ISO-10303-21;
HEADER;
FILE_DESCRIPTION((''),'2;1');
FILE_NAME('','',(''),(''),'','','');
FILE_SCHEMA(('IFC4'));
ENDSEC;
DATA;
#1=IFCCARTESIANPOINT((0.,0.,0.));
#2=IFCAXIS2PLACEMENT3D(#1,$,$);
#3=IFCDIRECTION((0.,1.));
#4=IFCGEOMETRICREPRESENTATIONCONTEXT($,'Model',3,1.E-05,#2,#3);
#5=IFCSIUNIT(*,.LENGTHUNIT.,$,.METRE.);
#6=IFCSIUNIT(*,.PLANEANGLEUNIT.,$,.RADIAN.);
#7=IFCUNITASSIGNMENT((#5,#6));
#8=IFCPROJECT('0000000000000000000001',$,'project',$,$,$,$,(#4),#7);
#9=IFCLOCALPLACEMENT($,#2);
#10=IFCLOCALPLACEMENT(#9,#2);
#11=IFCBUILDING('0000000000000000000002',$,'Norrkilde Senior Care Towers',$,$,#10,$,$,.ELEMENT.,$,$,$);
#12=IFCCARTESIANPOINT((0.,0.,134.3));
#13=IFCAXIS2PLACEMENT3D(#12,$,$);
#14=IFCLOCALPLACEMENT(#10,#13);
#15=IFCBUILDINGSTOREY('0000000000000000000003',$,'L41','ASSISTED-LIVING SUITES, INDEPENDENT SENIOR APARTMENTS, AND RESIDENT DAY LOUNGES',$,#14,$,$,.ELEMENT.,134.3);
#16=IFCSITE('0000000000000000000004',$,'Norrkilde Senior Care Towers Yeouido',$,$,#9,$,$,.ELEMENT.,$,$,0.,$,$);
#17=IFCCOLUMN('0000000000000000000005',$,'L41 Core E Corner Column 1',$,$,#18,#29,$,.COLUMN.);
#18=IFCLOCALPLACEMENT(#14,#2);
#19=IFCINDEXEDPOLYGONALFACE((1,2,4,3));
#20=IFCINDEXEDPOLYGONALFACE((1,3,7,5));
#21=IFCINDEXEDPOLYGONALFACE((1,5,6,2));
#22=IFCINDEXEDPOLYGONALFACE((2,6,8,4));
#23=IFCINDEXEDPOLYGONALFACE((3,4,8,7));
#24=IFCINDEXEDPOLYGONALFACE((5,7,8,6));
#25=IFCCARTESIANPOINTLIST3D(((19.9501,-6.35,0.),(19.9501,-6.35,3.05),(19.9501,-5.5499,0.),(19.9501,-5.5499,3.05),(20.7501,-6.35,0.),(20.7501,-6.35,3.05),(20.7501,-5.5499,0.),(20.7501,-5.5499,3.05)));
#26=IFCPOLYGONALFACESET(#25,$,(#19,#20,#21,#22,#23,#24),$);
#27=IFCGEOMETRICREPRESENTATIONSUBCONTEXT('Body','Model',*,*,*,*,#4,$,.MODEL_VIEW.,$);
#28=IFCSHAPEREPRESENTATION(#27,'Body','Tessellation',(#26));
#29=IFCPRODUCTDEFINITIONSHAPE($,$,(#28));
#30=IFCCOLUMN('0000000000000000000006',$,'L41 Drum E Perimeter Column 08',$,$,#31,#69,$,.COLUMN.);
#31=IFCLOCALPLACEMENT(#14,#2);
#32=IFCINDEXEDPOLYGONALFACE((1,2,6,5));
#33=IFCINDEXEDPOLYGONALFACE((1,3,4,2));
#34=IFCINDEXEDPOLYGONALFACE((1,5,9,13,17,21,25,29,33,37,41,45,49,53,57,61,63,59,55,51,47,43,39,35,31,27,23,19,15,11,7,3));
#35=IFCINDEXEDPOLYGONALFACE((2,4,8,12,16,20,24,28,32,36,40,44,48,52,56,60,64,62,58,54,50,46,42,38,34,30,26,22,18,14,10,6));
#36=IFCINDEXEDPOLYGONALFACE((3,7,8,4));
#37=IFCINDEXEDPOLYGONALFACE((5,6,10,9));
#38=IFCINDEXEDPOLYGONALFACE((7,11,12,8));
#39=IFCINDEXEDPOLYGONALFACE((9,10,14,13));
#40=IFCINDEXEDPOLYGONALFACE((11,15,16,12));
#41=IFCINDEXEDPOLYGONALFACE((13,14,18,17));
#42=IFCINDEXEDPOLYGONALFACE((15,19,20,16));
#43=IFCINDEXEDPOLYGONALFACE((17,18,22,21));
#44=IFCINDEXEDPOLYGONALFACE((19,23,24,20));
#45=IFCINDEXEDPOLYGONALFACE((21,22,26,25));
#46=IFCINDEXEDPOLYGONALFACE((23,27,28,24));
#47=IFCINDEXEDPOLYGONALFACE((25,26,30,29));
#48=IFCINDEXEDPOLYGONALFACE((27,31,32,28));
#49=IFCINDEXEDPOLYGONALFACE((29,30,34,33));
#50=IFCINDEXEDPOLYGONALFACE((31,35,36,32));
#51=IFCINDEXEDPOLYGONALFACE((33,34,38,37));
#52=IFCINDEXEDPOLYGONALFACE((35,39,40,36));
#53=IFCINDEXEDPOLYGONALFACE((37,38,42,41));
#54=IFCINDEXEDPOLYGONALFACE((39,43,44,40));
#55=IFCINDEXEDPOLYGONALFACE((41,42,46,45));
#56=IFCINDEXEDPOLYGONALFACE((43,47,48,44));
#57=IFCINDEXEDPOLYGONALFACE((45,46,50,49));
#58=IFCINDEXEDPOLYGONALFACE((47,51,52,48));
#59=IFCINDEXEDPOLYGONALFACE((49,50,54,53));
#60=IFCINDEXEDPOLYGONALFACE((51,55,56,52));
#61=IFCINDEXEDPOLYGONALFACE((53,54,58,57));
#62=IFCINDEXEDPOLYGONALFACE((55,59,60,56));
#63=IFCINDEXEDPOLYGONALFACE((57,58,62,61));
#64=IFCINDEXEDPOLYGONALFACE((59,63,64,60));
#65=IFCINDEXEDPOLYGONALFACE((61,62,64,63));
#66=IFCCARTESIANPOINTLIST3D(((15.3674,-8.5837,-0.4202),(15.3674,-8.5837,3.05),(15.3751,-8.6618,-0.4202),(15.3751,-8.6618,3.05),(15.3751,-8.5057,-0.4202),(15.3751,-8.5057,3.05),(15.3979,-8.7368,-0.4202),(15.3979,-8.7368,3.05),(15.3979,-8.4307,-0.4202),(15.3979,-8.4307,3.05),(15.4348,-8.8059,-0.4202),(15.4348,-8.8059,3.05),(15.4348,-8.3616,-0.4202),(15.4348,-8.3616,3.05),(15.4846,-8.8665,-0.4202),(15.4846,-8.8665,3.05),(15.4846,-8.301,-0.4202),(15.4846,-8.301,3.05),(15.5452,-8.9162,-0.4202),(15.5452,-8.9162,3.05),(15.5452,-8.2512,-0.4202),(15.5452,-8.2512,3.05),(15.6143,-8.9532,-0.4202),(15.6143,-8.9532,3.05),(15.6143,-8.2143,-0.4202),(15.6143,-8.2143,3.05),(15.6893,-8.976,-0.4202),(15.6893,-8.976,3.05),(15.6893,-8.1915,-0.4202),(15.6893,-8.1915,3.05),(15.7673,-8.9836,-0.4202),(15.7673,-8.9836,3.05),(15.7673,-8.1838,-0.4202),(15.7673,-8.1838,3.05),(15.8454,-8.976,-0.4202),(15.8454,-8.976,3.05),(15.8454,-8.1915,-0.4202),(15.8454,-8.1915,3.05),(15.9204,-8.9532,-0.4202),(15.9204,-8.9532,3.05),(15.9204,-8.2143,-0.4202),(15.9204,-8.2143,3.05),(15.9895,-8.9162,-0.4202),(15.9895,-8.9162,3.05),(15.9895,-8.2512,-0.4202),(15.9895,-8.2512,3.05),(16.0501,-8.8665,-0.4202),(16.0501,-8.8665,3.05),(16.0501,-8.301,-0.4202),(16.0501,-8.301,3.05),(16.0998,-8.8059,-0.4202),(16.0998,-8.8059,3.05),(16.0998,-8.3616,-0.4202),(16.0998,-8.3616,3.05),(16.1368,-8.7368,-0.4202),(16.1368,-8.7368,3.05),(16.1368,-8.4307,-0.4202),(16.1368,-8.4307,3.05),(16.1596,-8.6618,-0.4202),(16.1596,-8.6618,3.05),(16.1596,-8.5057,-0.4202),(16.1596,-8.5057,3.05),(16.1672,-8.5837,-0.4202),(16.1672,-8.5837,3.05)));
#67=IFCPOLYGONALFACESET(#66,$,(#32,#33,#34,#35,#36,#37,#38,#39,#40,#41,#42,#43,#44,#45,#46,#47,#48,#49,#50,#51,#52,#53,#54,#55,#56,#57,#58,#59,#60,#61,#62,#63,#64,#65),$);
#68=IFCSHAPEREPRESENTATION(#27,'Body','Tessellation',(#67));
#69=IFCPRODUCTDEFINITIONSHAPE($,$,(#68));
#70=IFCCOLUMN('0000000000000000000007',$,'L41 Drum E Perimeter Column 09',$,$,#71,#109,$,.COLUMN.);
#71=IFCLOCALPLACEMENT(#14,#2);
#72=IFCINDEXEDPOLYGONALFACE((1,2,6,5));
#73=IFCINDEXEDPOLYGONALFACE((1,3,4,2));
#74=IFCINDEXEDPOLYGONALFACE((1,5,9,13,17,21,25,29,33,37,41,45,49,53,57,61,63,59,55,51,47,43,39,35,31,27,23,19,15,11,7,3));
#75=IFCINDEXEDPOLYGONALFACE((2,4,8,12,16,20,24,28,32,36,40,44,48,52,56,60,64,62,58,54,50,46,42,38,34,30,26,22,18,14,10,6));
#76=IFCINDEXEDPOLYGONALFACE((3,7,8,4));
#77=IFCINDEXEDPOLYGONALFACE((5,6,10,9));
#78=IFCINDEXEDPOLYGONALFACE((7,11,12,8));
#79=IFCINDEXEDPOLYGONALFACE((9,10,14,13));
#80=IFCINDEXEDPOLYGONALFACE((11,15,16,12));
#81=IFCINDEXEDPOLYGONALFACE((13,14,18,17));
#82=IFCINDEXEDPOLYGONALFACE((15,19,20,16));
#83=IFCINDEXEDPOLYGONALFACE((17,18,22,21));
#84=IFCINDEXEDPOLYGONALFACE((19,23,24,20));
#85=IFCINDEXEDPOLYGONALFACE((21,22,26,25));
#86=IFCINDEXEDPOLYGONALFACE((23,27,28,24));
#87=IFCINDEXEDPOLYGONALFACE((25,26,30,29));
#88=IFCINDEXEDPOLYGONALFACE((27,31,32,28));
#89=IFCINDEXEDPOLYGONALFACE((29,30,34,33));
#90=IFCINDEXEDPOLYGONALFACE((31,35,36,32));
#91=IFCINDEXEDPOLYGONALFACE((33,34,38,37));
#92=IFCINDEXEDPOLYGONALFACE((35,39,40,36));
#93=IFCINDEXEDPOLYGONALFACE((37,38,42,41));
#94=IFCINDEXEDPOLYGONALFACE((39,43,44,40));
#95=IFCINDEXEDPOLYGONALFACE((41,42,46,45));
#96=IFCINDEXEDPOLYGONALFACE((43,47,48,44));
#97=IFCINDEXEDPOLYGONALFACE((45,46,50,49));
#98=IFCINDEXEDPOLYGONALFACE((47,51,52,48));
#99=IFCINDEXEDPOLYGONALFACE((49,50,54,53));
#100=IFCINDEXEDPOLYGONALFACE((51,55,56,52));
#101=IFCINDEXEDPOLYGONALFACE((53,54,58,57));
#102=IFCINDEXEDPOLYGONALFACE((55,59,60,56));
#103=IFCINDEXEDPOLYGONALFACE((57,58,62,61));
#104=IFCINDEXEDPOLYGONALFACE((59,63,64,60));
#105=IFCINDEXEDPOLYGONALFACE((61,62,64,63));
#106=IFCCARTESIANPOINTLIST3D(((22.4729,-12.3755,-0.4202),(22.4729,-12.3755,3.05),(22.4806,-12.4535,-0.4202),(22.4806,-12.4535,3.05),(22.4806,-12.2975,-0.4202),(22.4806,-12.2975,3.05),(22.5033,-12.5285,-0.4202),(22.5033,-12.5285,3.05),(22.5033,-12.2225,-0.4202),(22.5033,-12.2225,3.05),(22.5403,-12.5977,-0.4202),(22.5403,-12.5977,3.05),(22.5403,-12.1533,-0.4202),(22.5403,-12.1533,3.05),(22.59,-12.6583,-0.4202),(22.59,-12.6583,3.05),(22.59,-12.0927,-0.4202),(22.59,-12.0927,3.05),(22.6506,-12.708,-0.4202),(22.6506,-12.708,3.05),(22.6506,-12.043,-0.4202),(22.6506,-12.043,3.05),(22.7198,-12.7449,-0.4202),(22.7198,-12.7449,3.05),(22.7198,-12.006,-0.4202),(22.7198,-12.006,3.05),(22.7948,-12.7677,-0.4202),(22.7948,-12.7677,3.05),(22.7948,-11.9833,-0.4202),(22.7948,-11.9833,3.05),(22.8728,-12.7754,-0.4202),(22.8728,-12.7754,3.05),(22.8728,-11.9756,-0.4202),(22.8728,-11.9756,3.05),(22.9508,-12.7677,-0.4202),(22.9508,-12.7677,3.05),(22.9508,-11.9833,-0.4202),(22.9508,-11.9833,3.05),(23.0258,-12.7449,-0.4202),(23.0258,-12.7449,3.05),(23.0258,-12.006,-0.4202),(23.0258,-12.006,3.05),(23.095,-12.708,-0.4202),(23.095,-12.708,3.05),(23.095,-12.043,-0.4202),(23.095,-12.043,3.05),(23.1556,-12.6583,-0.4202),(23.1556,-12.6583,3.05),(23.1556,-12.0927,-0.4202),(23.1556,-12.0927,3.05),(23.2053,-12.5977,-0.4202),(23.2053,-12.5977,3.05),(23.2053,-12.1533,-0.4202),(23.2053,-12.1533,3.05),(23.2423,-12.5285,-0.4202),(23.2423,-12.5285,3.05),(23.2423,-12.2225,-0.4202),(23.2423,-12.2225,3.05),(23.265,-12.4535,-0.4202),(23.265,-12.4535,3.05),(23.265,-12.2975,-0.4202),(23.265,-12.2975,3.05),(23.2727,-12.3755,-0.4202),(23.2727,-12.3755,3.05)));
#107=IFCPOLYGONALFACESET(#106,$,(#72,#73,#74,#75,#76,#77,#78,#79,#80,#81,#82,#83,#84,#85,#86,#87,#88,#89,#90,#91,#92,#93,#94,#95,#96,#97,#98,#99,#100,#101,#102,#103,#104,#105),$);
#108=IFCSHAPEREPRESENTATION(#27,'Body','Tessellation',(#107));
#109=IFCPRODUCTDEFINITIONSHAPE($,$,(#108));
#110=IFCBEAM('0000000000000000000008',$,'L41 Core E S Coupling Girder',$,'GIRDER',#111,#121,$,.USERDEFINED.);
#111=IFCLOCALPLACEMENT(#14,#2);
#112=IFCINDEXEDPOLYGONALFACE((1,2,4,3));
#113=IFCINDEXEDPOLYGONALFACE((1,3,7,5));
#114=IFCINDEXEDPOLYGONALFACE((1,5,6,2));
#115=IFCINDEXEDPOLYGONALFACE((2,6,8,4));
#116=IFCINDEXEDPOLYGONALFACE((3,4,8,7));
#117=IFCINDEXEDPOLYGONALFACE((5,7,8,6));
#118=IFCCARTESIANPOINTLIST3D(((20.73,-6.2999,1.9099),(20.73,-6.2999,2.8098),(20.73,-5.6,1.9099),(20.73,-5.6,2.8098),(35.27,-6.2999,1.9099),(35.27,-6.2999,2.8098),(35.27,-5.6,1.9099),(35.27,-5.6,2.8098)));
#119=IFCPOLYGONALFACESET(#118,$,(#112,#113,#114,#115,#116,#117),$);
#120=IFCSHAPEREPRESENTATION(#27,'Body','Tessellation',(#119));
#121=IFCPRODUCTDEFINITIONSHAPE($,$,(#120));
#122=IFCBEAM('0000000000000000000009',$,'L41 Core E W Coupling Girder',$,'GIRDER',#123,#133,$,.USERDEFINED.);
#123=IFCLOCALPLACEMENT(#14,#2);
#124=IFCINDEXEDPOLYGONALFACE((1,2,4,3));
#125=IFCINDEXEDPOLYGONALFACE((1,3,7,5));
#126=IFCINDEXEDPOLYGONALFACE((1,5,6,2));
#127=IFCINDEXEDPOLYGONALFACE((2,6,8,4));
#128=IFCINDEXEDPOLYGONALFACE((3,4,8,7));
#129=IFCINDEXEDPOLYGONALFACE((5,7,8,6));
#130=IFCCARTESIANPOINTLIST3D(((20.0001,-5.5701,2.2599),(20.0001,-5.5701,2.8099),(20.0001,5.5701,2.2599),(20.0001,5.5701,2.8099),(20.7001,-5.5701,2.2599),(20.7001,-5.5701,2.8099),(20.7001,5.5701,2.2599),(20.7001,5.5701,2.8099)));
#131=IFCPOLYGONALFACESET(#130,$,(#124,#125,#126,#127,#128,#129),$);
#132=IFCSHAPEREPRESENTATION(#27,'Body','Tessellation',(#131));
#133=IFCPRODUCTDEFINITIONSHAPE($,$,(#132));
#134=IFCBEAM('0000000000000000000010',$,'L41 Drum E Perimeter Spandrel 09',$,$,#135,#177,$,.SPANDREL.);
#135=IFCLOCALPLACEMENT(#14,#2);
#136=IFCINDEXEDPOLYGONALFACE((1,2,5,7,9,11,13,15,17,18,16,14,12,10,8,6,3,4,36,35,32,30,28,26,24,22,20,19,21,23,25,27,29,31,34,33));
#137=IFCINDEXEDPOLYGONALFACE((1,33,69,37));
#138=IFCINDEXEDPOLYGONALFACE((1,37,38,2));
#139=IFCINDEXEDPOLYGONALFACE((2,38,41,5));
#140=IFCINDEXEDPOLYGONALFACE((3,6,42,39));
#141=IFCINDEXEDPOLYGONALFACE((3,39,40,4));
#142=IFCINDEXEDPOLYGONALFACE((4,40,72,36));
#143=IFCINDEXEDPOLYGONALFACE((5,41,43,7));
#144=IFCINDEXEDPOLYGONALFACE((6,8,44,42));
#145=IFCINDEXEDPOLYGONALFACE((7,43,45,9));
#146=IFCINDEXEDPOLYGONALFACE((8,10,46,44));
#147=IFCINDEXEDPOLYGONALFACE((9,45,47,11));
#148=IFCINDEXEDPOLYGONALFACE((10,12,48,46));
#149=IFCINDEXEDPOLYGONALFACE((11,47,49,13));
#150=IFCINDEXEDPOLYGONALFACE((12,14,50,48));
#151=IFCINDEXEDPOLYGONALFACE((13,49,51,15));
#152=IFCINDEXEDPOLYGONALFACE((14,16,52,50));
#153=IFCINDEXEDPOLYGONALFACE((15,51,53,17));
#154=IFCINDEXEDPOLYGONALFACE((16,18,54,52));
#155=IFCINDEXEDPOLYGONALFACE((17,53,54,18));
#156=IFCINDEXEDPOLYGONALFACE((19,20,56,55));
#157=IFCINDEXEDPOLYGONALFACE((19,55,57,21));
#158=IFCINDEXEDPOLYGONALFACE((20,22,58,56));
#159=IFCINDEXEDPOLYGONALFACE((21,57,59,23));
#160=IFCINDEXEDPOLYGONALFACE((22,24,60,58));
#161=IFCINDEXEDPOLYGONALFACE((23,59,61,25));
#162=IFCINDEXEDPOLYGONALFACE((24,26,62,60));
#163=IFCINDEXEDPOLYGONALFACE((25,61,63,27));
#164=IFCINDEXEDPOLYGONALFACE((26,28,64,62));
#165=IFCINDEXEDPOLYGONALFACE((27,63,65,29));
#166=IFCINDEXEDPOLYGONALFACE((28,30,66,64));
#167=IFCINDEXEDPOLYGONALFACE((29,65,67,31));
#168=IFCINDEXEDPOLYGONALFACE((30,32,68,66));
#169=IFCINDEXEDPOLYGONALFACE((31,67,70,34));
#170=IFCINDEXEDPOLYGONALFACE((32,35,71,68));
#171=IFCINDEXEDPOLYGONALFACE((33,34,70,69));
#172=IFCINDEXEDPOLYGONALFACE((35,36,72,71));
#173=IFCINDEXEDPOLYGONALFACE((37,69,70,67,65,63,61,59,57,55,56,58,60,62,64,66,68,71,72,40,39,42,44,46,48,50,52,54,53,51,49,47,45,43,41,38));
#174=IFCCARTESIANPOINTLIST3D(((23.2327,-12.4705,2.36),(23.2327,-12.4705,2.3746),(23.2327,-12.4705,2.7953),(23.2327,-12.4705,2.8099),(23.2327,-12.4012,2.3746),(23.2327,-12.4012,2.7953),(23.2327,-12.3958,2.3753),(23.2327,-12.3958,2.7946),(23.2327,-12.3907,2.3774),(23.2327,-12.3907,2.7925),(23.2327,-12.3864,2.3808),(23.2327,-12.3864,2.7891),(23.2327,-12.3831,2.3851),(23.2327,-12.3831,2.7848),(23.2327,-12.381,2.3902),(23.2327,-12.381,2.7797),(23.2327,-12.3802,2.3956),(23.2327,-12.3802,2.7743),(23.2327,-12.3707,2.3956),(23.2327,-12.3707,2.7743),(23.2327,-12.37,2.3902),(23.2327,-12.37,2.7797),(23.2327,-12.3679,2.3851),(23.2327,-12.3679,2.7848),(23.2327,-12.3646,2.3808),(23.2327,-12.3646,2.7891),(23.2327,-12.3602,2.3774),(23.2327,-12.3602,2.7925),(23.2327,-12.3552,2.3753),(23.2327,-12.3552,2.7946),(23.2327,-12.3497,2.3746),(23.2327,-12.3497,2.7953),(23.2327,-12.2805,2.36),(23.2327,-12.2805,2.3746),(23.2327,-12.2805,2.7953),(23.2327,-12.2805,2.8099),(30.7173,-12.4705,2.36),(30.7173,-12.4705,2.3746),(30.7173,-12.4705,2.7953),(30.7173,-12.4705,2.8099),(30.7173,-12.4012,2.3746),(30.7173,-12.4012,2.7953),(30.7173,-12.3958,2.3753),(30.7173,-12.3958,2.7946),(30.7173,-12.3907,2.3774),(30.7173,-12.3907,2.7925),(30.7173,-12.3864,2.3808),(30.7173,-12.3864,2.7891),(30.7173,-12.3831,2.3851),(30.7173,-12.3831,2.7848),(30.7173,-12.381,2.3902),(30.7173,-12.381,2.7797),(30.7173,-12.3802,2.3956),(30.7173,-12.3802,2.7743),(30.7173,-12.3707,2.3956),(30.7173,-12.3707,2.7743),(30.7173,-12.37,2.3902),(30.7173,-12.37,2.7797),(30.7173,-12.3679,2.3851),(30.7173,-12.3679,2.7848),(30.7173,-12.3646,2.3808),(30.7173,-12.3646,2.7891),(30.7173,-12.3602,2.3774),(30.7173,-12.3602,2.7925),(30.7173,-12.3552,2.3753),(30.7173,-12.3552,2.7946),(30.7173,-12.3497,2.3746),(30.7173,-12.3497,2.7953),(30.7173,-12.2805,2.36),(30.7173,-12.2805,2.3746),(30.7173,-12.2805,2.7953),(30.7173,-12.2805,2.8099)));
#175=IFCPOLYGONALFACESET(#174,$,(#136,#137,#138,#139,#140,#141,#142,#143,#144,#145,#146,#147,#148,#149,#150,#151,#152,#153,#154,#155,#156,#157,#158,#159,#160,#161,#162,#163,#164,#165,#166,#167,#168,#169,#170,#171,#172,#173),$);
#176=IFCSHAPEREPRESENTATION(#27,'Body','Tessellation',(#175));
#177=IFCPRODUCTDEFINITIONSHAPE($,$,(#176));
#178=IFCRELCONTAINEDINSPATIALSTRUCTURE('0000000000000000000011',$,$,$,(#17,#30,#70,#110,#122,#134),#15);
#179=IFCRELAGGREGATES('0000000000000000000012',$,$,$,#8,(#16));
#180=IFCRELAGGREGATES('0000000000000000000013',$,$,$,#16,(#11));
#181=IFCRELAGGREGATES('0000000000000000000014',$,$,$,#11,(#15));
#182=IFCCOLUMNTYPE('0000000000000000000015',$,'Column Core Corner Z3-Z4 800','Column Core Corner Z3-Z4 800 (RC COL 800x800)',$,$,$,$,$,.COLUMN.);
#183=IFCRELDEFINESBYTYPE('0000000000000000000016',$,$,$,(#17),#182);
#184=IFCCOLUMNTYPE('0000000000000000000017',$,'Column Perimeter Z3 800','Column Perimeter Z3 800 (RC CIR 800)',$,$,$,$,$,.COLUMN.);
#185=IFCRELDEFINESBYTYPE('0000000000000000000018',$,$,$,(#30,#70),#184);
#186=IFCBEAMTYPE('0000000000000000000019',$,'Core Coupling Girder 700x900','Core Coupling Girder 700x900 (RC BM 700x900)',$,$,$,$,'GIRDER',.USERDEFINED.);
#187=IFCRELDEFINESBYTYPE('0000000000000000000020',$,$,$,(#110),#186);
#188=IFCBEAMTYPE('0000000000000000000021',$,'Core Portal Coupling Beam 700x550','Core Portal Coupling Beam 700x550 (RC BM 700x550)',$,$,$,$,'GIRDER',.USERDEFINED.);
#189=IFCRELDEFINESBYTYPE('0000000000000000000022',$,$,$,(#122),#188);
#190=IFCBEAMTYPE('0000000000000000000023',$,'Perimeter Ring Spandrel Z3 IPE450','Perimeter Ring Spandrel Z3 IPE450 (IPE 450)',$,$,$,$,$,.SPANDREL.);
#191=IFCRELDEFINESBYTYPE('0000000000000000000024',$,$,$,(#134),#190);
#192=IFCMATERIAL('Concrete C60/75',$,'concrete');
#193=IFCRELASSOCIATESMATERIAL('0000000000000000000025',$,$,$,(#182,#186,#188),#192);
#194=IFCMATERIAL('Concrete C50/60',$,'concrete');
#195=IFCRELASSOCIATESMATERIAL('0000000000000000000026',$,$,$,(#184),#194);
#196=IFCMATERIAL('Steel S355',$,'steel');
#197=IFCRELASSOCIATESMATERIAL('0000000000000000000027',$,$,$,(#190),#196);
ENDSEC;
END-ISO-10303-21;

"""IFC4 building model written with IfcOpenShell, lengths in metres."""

from ifc_helpers import new_model, si_unit, direction, frame, origin, origin_2d, place, context, subcontext, project, spatial, rectangle, circle, i_section, extrude, source, transform, mapped, material, material_profile, profile_set, type_object, type_shapes, element, save


model = new_model("IFC4")

# Units and contexts
model_context = context("Model", 3, precision=1e-05, world=origin(), true_north=direction((0.0, 1.0)))
body_context = subcontext(model_context, "Body", "Model", "MODEL_VIEW")
ifc_project = project(units=[si_unit("LENGTHUNIT", "METRE"), si_unit("PLANEANGLEUNIT", "RADIAN")], contexts=[model_context])

# Site, building, storey
site_placement = place(None, origin())
site = spatial("IfcSite", under=ifc_project, at=site_placement, Name="Norrkilde Senior Care Towers Yeouido", CompositionType="ELEMENT", RefElevation=0.0)
building_placement = place(site_placement, origin())
building = spatial("IfcBuilding", under=site, at=building_placement, Name="Norrkilde Senior Care Towers", CompositionType="ELEMENT")
storey_placement = place(building_placement, frame((0.0, 0.0, 134.3)))
storey = spatial("IfcBuildingStorey", under=building, at=storey_placement, Name="L41", Description="ASSISTED-LIVING SUITES, INDEPENDENT SENIOR APARTMENTS, AND RESIDENT DAY LOUNGES", CompositionType="ELEMENT", Elevation=134.3)

# Columns
ifc_material_1 = material(Name="Concrete C60/75", Category="concrete")
ifc_material_profile_1 = material_profile(ifc_material_1, rectangle(XDim=0.8, YDim=0.8, at=origin_2d()), Name="RC COL 800x800")
ifc_profile_set_1 = profile_set([ifc_material_profile_1], Name="Concrete C60/75")
column_type_1 = type_object("IfcColumnType", Name="Column Core Corner Z3-Z4 800", Description="Column Core Corner Z3-Z4 800 (RC COL 800x800)", PredefinedType="COLUMN", material=ifc_profile_set_1)
shared_shape_1 = source(origin(), body_context, "Body", "SweptSolid", [
    extrude(rectangle(XDim=0.8, YDim=0.8, at=origin_2d()), origin(), (0.0, 0.0, 1.0), 3.05),
])
type_shapes(column_type_1, [shared_shape_1])
column_placement = place(storey_placement, frame((20.3501, -5.95, 0.0), z_axis=(0.0, 0.0, 1.0), x_axis=(1.0, 0.0, 0.0)))
element("IfcColumn", 1, at=column_placement, inside=storey, type_object=column_type_1, Name="L41 Core E Corner Column 1", PredefinedType="COLUMN", context=body_context, shape_type="MappedRepresentation", body=[
    mapped(shared_shape_1, transform((0.0, 0.0, 0.0), x_axis=(1.0, 0.0, 0.0), y_axis=(0.0, 1.0, 0.0), z_axis=(0.0, 0.0, 1.0), scale=1.0)),
])
ifc_material_2 = material(Name="Concrete C50/60", Category="concrete")
ifc_material_profile_2 = material_profile(ifc_material_2, circle(Radius=0.3999, at=origin_2d()), Name="RC CIR 800")
ifc_profile_set_2 = profile_set([ifc_material_profile_2], Name="Concrete C50/60")
column_type_2 = type_object("IfcColumnType", Name="Column Perimeter Z3 800", Description="Column Perimeter Z3 800 (RC CIR 800)", PredefinedType="COLUMN", material=ifc_profile_set_2)
shared_shape_2 = source(origin(), body_context, "Body", "SweptSolid", [
    extrude(circle(Radius=0.3999, at=origin_2d()), origin(), (0.0, 0.0, 1.0), 3.4702),
])
type_shapes(column_type_2, [shared_shape_2])
for number, where, z_axis, x_axis, name in (
    (2, (15.7673, -8.5837, -0.4202), (0.0, 0.0, 1.0), (1.0, 0.0, 0.0), "L41 Drum E Perimeter Column 08"),
    (3, (22.8728, -12.3755, -0.4202), (0.0, 0.0, 1.0), (1.0, 0.0, 0.0), "L41 Drum E Perimeter Column 09"),
):
    element("IfcColumn", number, at=place(storey_placement, frame(where, z_axis=z_axis, x_axis=x_axis)), inside=storey, type_object=column_type_2, Name=name, PredefinedType="COLUMN", context=body_context, shape_type="MappedRepresentation", body=[
        mapped(shared_shape_2, transform((0.0, 0.0, 0.0), x_axis=(1.0, 0.0, 0.0), y_axis=(0.0, 1.0, 0.0), z_axis=(0.0, 0.0, 1.0), scale=1.0)),
    ])

# Beams
ifc_material_profile_3 = material_profile(ifc_material_1, rectangle(XDim=0.7, YDim=0.8999, at=origin_2d()), Name="RC BM 700x900")
ifc_profile_set_3 = profile_set([ifc_material_profile_3], Name="Concrete C60/75")
beam_type_1 = type_object("IfcBeamType", Name="Core Coupling Girder 700x900", Description="Core Coupling Girder 700x900 (RC BM 700x900)", ElementType="GIRDER", PredefinedType="USERDEFINED", material=ifc_profile_set_3)
shared_shape_3 = source(origin(), body_context, "Body", "SweptSolid", [
    extrude(rectangle(XDim=0.7, YDim=0.8999, at=origin_2d()), origin(), (0.0, 0.0, 1.0), 14.54),
])
type_shapes(beam_type_1, [shared_shape_3])
beam_1_placement = place(storey_placement, frame((20.73, -5.95, 2.3599), z_axis=(1.0, 0.0, 0.0), x_axis=(0.0, 1.0, 0.0)))
element("IfcBeam", 4, at=beam_1_placement, inside=storey, type_object=beam_type_1, Name="L41 Core E S Coupling Girder", ObjectType="GIRDER", PredefinedType="USERDEFINED", context=body_context, shape_type="MappedRepresentation", body=[
    mapped(shared_shape_3, transform((0.0, 0.0, 0.0), x_axis=(1.0, 0.0, 0.0), y_axis=(0.0, 1.0, 0.0), z_axis=(0.0, 0.0, 1.0), scale=1.0)),
])
ifc_material_profile_4 = material_profile(ifc_material_1, rectangle(XDim=0.7, YDim=0.55, at=origin_2d()), Name="RC BM 700x550")
ifc_profile_set_4 = profile_set([ifc_material_profile_4], Name="Concrete C60/75")
beam_type_2 = type_object("IfcBeamType", Name="Core Portal Coupling Beam 700x550", Description="Core Portal Coupling Beam 700x550 (RC BM 700x550)", ElementType="GIRDER", PredefinedType="USERDEFINED", material=ifc_profile_set_4)
shared_shape_4 = source(origin(), body_context, "Body", "SweptSolid", [
    extrude(rectangle(XDim=0.7, YDim=0.55, at=origin_2d()), origin(), (0.0, 0.0, 1.0), 11.1401),
])
type_shapes(beam_type_2, [shared_shape_4])
beam_2_placement = place(storey_placement, frame((20.3501, -5.5701, 2.5349), z_axis=(0.0, 1.0, 0.0), x_axis=(-1.0, 0.0, 0.0)))
element("IfcBeam", 5, at=beam_2_placement, inside=storey, type_object=beam_type_2, Name="L41 Core E W Coupling Girder", ObjectType="GIRDER", PredefinedType="USERDEFINED", context=body_context, shape_type="MappedRepresentation", body=[
    mapped(shared_shape_4, transform((0.0, 0.0, 0.0), x_axis=(1.0, 0.0, 0.0), y_axis=(0.0, 1.0, 0.0), z_axis=(0.0, 0.0, 1.0), scale=1.0)),
])
ifc_material_3 = material(Name="Steel S355", Category="steel")
ifc_material_profile_5 = material_profile(ifc_material_3, i_section(OverallWidth=0.1899, OverallDepth=0.45, WebThickness=0.0095, FlangeThickness=0.0146, FilletRadius=0.021, at=origin_2d()), Name="IPE 450")
ifc_profile_set_5 = profile_set([ifc_material_profile_5], Name="Steel S355")
beam_type_3 = type_object("IfcBeamType", Name="Perimeter Ring Spandrel Z3 IPE450", Description="Perimeter Ring Spandrel Z3 IPE450 (IPE 450)", PredefinedType="SPANDREL", material=ifc_profile_set_5)
shared_shape_5 = source(origin(), body_context, "Body", "SweptSolid", [
    extrude(i_section(OverallWidth=0.1899, OverallDepth=0.45, WebThickness=0.0095, FlangeThickness=0.0146, FilletRadius=0.021, at=origin_2d()), origin(), (0.0, 0.0, 1.0), 7.4846),
])
beam_3_placement = place(storey_placement, frame((23.2327, -12.3755, 2.585), z_axis=(1.0, 0.0, 0.0), x_axis=(0.0, 1.0, 0.0)))
element("IfcBeam", 6, at=beam_3_placement, inside=storey, type_object=beam_type_3, Name="L41 Drum E Perimeter Spandrel 09", PredefinedType="SPANDREL", context=body_context, shape_type="MappedRepresentation", body=[
    mapped(shared_shape_5, transform((0.0, 0.0, 0.0), x_axis=(1.0, 0.0, 0.0), y_axis=(0.0, 1.0, 0.0), z_axis=(0.0, 0.0, 1.0), scale=1.0)),
])

save(model, "model.ifc")
